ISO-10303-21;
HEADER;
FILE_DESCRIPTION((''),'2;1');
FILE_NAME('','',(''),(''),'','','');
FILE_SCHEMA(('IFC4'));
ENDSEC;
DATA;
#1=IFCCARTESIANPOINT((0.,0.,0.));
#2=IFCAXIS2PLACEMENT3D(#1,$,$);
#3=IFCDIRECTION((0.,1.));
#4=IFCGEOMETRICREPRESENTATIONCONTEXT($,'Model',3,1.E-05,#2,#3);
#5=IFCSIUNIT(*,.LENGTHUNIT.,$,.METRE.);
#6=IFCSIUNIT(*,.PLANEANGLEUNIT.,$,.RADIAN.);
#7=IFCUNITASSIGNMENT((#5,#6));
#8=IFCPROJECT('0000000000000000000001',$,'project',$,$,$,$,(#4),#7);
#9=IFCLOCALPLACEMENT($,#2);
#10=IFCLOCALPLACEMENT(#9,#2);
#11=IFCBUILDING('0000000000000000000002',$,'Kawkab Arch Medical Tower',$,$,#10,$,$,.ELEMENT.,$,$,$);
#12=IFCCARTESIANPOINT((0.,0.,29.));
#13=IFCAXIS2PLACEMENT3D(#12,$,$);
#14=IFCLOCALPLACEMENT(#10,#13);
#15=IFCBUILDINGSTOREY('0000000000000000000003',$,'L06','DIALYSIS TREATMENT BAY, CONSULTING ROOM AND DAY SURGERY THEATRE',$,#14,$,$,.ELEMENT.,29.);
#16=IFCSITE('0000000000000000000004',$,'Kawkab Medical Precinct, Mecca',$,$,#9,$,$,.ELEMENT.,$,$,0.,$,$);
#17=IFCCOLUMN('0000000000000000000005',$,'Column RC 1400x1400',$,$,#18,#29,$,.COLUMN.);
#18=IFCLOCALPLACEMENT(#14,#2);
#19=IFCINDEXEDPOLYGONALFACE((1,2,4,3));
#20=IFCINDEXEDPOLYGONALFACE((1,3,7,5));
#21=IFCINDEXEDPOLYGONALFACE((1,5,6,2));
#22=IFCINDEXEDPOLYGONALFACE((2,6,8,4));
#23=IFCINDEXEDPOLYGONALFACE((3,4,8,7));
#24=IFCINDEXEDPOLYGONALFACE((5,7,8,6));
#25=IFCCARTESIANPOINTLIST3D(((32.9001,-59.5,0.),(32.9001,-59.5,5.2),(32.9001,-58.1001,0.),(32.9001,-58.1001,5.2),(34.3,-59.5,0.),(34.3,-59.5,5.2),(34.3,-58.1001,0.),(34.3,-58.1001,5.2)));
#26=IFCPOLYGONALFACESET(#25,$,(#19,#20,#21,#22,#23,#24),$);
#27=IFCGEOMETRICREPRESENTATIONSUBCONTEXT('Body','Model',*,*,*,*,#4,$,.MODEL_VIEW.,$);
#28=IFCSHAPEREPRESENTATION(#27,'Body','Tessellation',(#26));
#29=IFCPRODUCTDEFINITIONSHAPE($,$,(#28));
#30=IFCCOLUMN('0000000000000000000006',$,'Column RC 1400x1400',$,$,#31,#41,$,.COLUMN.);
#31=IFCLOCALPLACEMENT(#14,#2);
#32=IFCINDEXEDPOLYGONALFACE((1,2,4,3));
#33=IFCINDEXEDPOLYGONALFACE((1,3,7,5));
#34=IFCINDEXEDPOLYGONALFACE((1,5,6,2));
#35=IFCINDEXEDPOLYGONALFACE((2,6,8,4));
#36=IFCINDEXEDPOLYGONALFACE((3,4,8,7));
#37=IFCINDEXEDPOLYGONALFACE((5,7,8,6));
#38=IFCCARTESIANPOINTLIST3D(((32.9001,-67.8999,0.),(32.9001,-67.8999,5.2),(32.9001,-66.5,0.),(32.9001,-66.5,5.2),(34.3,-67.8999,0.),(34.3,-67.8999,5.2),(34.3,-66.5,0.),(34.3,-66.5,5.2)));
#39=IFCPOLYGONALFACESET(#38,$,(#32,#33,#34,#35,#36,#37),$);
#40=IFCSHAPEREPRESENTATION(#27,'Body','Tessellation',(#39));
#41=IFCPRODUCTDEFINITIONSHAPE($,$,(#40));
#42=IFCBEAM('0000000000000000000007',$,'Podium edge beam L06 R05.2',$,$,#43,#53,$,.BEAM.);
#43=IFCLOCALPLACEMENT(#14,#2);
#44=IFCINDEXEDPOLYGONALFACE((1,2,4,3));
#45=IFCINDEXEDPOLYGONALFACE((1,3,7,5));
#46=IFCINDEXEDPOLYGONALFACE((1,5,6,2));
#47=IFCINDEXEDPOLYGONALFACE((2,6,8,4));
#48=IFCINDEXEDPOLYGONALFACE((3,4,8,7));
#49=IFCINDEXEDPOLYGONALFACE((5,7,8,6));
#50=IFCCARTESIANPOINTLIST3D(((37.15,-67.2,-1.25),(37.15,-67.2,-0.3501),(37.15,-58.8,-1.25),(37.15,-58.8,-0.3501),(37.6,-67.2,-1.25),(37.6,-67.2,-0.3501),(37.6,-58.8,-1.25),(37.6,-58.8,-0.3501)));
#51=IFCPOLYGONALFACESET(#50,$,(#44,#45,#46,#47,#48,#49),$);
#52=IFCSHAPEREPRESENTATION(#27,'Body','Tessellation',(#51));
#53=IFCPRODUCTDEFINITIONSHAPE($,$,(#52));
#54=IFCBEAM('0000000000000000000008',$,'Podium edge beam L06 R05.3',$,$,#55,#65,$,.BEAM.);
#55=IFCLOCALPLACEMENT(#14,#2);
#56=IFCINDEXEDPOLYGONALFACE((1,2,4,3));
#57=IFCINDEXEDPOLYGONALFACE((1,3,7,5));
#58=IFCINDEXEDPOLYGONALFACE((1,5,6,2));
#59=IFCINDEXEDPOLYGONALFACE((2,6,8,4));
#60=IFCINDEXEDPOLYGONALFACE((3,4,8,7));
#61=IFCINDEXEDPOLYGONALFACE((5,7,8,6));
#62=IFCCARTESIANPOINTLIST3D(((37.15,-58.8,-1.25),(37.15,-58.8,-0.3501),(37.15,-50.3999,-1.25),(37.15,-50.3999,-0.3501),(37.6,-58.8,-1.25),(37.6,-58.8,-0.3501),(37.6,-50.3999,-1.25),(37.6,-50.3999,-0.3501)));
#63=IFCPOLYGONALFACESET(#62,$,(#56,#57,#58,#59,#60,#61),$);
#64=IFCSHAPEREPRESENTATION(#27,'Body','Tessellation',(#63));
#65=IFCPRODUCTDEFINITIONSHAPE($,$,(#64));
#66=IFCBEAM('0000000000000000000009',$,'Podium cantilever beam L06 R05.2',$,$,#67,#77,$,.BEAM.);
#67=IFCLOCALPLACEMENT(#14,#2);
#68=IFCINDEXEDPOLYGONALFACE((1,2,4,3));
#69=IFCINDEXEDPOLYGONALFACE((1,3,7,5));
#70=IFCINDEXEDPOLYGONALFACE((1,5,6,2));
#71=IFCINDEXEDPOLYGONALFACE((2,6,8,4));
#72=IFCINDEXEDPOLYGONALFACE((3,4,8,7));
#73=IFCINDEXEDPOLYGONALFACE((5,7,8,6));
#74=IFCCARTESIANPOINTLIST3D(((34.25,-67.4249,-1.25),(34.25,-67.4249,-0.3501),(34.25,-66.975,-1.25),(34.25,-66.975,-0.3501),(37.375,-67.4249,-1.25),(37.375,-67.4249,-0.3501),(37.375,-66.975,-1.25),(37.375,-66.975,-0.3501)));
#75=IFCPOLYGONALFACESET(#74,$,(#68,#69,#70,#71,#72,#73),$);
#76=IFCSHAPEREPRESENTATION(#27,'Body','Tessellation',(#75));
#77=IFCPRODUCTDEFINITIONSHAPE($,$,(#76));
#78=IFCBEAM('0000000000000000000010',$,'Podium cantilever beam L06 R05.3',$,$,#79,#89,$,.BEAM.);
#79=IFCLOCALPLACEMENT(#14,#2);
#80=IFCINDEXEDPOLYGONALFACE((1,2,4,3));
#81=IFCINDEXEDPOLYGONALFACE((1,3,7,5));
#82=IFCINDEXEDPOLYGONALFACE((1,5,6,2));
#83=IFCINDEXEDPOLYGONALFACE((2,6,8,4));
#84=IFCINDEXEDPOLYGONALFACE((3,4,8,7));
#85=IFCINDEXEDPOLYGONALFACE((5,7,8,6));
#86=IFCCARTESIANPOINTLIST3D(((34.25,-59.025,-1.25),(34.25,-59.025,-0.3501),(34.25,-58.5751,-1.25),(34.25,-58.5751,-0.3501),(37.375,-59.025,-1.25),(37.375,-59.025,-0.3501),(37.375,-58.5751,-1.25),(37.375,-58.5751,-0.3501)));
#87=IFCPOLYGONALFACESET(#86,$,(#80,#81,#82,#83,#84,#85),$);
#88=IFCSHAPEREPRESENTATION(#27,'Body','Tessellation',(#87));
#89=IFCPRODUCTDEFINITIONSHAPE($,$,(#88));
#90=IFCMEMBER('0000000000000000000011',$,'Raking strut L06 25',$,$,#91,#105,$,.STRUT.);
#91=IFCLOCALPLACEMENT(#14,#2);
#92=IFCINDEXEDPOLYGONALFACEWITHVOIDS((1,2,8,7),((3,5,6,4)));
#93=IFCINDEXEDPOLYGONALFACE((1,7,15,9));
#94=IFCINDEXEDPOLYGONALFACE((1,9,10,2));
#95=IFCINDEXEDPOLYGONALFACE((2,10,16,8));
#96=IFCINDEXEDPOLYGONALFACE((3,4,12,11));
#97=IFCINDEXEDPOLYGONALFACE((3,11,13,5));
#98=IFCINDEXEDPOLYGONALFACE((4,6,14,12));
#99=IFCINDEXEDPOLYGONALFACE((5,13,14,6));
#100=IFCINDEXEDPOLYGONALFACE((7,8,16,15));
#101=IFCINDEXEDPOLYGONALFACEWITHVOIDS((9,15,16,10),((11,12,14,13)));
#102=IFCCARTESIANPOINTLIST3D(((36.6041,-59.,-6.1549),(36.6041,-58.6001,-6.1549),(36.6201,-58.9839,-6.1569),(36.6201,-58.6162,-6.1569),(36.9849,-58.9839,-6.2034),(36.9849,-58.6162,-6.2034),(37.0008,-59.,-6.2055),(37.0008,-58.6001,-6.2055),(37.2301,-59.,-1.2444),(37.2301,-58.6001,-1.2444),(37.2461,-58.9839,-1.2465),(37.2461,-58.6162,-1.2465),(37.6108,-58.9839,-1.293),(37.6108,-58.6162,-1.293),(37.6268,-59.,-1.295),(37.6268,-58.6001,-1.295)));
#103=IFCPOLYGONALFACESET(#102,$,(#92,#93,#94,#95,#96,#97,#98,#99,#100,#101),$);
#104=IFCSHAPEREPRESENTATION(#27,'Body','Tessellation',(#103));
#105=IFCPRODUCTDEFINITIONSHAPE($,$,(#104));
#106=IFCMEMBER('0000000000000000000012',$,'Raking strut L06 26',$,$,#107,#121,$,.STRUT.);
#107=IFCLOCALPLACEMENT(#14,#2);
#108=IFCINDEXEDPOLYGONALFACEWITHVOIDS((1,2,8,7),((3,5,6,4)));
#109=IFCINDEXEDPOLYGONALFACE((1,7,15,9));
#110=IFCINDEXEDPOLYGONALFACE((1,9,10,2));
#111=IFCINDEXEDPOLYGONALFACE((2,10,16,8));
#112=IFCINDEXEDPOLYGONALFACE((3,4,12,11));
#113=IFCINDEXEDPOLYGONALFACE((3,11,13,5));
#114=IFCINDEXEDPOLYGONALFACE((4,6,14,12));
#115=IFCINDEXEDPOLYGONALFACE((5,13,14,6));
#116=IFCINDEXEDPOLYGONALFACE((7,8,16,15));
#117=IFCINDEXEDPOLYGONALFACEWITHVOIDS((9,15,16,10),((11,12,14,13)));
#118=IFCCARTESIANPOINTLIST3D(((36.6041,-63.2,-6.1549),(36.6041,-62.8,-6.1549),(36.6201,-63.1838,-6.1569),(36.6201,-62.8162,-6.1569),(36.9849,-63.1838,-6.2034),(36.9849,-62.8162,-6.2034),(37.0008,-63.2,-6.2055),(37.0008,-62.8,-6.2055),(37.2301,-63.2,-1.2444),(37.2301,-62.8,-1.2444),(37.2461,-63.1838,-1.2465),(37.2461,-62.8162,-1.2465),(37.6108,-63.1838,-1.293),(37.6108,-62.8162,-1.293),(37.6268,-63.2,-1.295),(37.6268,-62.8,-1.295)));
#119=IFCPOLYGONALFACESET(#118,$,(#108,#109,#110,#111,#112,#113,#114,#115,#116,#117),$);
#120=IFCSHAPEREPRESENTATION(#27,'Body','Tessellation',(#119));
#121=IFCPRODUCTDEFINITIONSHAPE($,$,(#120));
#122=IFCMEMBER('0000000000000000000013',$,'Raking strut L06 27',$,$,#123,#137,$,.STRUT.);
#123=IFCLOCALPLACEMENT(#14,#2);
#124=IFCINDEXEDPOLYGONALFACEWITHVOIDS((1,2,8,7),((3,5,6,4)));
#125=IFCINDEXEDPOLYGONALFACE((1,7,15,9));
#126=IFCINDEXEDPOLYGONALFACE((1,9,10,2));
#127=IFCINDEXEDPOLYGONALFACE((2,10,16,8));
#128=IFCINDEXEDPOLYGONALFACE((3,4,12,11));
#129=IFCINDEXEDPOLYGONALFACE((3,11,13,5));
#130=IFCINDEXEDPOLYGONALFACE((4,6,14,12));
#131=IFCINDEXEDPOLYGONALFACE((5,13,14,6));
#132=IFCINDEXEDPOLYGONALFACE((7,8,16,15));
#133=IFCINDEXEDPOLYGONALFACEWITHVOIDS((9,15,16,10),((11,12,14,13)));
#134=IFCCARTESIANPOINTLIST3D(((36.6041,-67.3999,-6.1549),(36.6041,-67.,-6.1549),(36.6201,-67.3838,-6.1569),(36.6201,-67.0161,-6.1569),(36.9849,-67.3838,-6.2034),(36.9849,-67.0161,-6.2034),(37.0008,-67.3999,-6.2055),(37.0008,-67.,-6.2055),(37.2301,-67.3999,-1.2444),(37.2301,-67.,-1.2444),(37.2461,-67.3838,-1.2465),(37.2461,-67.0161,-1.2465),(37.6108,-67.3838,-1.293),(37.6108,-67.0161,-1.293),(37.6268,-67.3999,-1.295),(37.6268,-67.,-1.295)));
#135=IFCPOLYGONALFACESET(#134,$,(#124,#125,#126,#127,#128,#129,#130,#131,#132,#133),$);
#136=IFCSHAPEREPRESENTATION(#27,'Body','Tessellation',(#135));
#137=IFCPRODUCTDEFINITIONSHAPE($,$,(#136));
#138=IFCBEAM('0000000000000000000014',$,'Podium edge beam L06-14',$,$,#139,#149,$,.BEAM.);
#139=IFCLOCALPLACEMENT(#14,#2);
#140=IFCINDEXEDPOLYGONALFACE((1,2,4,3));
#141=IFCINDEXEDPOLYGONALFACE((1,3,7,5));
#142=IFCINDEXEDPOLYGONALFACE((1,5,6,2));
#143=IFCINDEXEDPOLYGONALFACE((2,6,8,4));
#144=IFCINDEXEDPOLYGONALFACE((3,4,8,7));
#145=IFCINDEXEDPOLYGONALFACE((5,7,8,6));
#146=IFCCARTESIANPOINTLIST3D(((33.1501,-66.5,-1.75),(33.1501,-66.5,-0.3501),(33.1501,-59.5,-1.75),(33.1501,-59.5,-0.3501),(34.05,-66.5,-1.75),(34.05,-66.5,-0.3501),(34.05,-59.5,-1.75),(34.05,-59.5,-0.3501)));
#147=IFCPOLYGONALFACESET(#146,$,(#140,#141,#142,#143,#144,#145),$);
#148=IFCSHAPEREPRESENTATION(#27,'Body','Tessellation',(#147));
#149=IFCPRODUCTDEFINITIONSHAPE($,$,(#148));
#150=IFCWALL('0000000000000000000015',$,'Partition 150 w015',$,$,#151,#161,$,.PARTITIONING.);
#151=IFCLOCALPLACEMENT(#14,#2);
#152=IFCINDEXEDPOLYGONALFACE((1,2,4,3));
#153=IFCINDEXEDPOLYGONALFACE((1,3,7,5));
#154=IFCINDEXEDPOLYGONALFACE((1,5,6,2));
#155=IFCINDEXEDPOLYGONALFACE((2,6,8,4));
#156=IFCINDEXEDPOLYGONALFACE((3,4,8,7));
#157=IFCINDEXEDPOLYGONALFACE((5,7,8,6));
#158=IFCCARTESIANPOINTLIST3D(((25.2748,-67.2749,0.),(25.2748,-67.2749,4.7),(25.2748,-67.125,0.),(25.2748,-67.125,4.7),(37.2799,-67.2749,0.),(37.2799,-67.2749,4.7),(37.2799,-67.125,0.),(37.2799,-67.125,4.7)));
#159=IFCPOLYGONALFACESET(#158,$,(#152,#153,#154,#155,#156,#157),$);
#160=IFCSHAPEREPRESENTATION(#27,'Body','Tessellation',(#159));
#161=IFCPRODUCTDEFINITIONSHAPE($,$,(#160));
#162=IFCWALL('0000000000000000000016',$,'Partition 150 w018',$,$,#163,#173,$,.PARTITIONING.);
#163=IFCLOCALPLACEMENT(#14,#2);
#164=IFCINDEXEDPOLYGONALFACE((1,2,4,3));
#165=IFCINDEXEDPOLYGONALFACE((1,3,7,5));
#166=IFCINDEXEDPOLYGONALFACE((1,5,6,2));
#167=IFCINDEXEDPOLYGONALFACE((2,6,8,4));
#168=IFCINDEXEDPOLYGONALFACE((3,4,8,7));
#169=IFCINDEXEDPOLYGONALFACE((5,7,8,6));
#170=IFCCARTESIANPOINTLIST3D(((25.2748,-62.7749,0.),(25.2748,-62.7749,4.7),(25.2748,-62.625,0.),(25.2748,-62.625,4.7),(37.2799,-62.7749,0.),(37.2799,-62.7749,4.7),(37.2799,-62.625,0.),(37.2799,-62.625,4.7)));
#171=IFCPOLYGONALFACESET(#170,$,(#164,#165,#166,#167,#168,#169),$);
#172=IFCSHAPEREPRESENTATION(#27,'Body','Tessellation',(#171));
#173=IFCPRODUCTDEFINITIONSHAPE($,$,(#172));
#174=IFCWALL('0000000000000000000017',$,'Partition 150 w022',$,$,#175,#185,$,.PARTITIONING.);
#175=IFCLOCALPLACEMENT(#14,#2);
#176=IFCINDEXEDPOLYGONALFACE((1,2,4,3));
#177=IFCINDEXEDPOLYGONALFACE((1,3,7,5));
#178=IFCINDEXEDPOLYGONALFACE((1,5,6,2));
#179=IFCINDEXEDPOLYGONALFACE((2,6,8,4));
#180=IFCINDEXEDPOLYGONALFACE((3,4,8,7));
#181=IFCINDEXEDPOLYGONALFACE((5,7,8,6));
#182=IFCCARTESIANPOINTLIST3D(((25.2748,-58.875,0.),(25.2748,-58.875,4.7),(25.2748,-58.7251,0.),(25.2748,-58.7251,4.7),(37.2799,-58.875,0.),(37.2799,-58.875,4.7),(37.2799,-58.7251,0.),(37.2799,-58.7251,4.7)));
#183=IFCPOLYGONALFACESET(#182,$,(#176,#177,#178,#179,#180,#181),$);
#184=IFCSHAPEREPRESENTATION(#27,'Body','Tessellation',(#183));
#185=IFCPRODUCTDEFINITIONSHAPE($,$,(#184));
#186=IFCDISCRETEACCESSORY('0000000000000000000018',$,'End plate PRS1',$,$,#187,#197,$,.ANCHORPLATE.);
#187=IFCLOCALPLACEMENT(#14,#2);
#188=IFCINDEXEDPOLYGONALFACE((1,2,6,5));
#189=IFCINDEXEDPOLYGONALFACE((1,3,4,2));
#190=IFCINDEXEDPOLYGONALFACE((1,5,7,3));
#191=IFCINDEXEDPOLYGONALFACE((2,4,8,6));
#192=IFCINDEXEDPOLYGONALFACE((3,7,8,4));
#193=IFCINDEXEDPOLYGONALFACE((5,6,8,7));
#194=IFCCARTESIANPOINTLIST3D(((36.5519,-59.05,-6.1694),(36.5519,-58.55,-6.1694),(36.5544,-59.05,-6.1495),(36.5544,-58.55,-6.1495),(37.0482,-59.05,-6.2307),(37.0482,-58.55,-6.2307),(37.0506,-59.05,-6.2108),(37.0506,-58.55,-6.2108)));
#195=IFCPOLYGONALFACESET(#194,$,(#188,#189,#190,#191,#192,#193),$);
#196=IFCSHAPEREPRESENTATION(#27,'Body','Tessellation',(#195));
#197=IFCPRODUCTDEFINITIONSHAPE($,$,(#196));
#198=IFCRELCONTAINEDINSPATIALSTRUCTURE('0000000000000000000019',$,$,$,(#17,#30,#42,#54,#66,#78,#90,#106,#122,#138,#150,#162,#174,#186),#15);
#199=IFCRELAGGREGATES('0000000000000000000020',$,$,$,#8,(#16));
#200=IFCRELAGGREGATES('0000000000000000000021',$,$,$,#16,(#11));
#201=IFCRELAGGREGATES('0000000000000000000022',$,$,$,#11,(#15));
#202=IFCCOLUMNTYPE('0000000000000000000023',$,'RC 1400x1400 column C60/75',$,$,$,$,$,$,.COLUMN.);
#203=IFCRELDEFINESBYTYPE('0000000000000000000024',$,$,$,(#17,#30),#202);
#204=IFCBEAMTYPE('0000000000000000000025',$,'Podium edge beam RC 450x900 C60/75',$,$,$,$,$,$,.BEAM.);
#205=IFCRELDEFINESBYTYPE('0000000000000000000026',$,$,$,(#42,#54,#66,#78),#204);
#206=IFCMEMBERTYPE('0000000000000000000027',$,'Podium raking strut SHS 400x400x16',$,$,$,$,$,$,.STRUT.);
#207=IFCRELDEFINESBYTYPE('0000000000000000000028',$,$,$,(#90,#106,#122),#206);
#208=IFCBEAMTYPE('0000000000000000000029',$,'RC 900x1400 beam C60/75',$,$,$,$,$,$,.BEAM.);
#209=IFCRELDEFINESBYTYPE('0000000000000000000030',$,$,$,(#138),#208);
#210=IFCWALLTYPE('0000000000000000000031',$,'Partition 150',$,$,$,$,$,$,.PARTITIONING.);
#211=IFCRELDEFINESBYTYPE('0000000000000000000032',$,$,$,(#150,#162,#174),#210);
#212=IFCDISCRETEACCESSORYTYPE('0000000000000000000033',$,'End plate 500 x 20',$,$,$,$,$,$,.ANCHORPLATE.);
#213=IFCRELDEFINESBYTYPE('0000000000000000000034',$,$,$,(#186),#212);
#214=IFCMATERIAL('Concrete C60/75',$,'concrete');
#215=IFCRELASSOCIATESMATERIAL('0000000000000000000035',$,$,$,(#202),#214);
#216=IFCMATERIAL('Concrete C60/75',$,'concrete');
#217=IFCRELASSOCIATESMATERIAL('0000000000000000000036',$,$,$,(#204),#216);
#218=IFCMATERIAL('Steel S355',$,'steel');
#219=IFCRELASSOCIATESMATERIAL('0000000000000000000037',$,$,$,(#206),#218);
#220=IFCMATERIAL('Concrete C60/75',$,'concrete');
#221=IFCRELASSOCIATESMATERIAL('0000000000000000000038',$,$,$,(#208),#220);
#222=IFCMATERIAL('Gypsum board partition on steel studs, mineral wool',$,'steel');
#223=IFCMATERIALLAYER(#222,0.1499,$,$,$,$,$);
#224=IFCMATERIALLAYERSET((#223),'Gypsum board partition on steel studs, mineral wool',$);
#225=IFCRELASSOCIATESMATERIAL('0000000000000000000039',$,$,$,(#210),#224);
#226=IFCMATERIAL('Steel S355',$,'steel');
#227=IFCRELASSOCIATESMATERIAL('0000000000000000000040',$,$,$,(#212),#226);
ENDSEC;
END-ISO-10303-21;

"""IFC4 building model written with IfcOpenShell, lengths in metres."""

from ifc_helpers import new_model, si_unit, direction, frame, frame_2d, origin, origin_2d, place, context, subcontext, project, spatial, rectangle, hollow_rectangle, extrude, material, layer, layer_set, material_profile, profile_set, type_object, element, save


model = new_model("IFC4")

# Units and contexts
model_context = context("Model", 3, precision=1e-05, world=origin(), true_north=direction((0.0, 1.0)))
body_context = subcontext(model_context, "Body", "Model", "MODEL_VIEW")
ifc_project = project(units=[si_unit("LENGTHUNIT", "METRE"), si_unit("PLANEANGLEUNIT", "RADIAN")], contexts=[model_context])

# Site, building, storey
site_placement = place(None, origin())
site = spatial("IfcSite", under=ifc_project, at=site_placement, Name="Kawkab Medical Precinct, Mecca", CompositionType="ELEMENT", RefElevation=0.0)
building_placement = place(site_placement, origin())
building = spatial("IfcBuilding", under=site, at=building_placement, Name="Kawkab Arch Medical Tower", CompositionType="ELEMENT")
storey_placement = place(building_placement, frame((0.0, 0.0, 29.0)))
storey = spatial("IfcBuildingStorey", under=building, at=storey_placement, Name="L06", Description="DIALYSIS TREATMENT BAY, CONSULTING ROOM AND DAY SURGERY THEATRE", CompositionType="ELEMENT", Elevation=29.0)

# Columns
ifc_material_1 = material(Name="Concrete C60/75", Category="concrete")
ifc_material_profile_1 = material_profile(ifc_material_1, rectangle(XDim=1.3999, YDim=1.3999, at=origin_2d()), Name="RC 1400x1400")
ifc_profile_set_1 = profile_set([ifc_material_profile_1], Name="Concrete C60/75")
column_type = type_object("IfcColumnType", Name="RC 1400x1400 column C60/75", PredefinedType="COLUMN", material=ifc_profile_set_1)
for number, where, z_axis, x_axis, name in (
    (1, (33.6001, -58.8, 0.0), (0.0, 0.0, 1.0), (1.0, 0.0, 0.0), "Column RC 1400x1400"),
    (2, (33.6001, -67.2, 0.0), (0.0, 0.0, 1.0), (1.0, 0.0, 0.0), "Column RC 1400x1400"),
):
    element("IfcColumn", number, at=place(storey_placement, frame(where, z_axis=z_axis, x_axis=x_axis)), inside=storey, type_object=column_type, Name=name, PredefinedType="COLUMN", context=body_context, shape_type="SweptSolid", body=[
        extrude(rectangle(XDim=1.3999, YDim=1.3999, at=origin_2d()), origin(), (0.0, 0.0, 1.0), 5.2),
    ])

# Beams
ifc_material_2 = material(Name="Concrete C60/75", Category="concrete")
ifc_material_profile_2 = material_profile(ifc_material_2, rectangle(XDim=0.45, YDim=0.8999, at=origin_2d()), Name="RC 450x900")
ifc_profile_set_2 = profile_set([ifc_material_profile_2], Name="Concrete C60/75")
beam_type_1 = type_object("IfcBeamType", Name="Podium edge beam RC 450x900 C60/75", PredefinedType="BEAM", material=ifc_profile_set_2)
beam_1_placement = place(storey_placement, frame((37.375, -67.2, -0.8), z_axis=(0.0, 1.0, 0.0), x_axis=(-1.0, 0.0, 0.0)))
element("IfcBeam", 3, at=beam_1_placement, inside=storey, type_object=beam_type_1, Name="Podium edge beam L06 R05.2", PredefinedType="BEAM", context=body_context, shape_type="SweptSolid", body=[
    extrude(rectangle(XDim=0.45, YDim=0.8999, at=origin_2d()), origin(), (0.0, 0.0, 1.0), 8.3999),
])
beam_2_placement = place(storey_placement, frame((37.375, -58.8, -0.8), z_axis=(0.0, 1.0, 0.0), x_axis=(-1.0, 0.0, 0.0)))
element("IfcBeam", 4, at=beam_2_placement, inside=storey, type_object=beam_type_1, Name="Podium edge beam L06 R05.3", PredefinedType="BEAM", context=body_context, shape_type="SweptSolid", body=[
    extrude(rectangle(XDim=0.45, YDim=0.8999, at=origin_2d()), origin(), (0.0, 0.0, 1.0), 8.4001),
])
for number, where, z_axis, x_axis, name in (
    (5, (34.25, -67.2, -0.8), (1.0, 0.0, 0.0), (0.0, 1.0, 0.0), "Podium cantilever beam L06 R05.2"),
    (6, (34.25, -58.8, -0.8), (1.0, 0.0, 0.0), (0.0, 1.0, 0.0), "Podium cantilever beam L06 R05.3"),
):
    element("IfcBeam", number, at=place(storey_placement, frame(where, z_axis=z_axis, x_axis=x_axis)), inside=storey, type_object=beam_type_1, Name=name, PredefinedType="BEAM", context=body_context, shape_type="SweptSolid", body=[
        extrude(rectangle(XDim=0.45, YDim=0.8999, at=origin_2d()), origin(), (0.0, 0.0, 1.0), 3.125),
    ])

# Members
ifc_material_3 = material(Name="Steel S355", Category="steel")
ifc_material_profile_3 = material_profile(ifc_material_3, hollow_rectangle(XDim=0.3999, YDim=0.3999, WallThickness=0.0161, at=origin_2d()), Name="SHS 400x400x16")
ifc_profile_set_3 = profile_set([ifc_material_profile_3], Name="Steel S355")
member_type = type_object("IfcMemberType", Name="Podium raking strut SHS 400x400x16", PredefinedType="STRUT", material=ifc_profile_set_3)
for number, where, z_axis, x_axis, name in (
    (7, (36.8025, -58.8, -6.1802), (0.126456, 0.0, 0.991972), (0.0, 1.0, 0.0), "Raking strut L06 25"),
    (8, (36.8025, -63.0, -6.1802), (0.126456, 0.0, 0.991972), (0.0, 1.0, 0.0), "Raking strut L06 26"),
    (9, (36.8025, -67.2, -6.1802), (0.126456, 0.0, 0.991972), (0.0, 1.0, 0.0), "Raking strut L06 27"),
):
    element("IfcMember", number, at=place(storey_placement, frame(where, z_axis=z_axis, x_axis=x_axis)), inside=storey, type_object=member_type, Name=name, PredefinedType="STRUT", context=body_context, shape_type="SweptSolid", body=[
        extrude(hollow_rectangle(XDim=0.3999, YDim=0.3999, WallThickness=0.0161, at=origin_2d()), origin(), (0.0, 0.0, 1.0), 4.9502),
    ])

# Beam
ifc_material_4 = material(Name="Concrete C60/75", Category="concrete")
ifc_material_profile_4 = material_profile(ifc_material_4, rectangle(XDim=0.8999, YDim=1.3999, at=origin_2d()), Name="RC 900x1400")
ifc_profile_set_4 = profile_set([ifc_material_profile_4], Name="Concrete C60/75")
beam_type_2 = type_object("IfcBeamType", Name="RC 900x1400 beam C60/75", PredefinedType="BEAM", material=ifc_profile_set_4)
beam_3_placement = place(storey_placement, frame((33.6001, -66.5, -1.05), z_axis=(0.0, 1.0, 0.0), x_axis=(-1.0, 0.0, 0.0)))
element("IfcBeam", 10, at=beam_3_placement, inside=storey, type_object=beam_type_2, Name="Podium edge beam L06-14", PredefinedType="BEAM", context=body_context, shape_type="SweptSolid", body=[
    extrude(rectangle(XDim=0.8999, YDim=1.3999, at=origin_2d()), origin(), (0.0, 0.0, 1.0), 7.0),
])

# Walls
ifc_material_5 = material(Name="Gypsum board partition on steel studs, mineral wool", Category="steel")
ifc_layer = layer(ifc_material_5, 0.1499)
ifc_layer_set = layer_set([ifc_layer], Name="Gypsum board partition on steel studs, mineral wool")
wall_type = type_object("IfcWallType", Name="Partition 150", PredefinedType="PARTITIONING", material=ifc_layer_set)
for number, where, z_axis, x_axis, name in (
    (11, (25.2749, -67.2, 0.0), (0.0, 0.0, 1.0), (1.0, 0.0, 0.0), "Partition 150 w015"),
    (12, (25.2749, -62.7, 0.0), (0.0, 0.0, 1.0), (1.0, 0.0, 0.0), "Partition 150 w018"),
    (13, (25.2749, -58.8, 0.0), (0.0, 0.0, 1.0), (1.0, 0.0, 0.0), "Partition 150 w022"),
):
    element("IfcWall", number, at=place(storey_placement, frame(where, z_axis=z_axis, x_axis=x_axis)), inside=storey, type_object=wall_type, Name=name, PredefinedType="PARTITIONING", context=body_context, shape_type="SweptSolid", body=[
        extrude(rectangle(XDim=12.0051, YDim=0.1499, at=frame_2d((6.0024, 0.0))), origin(), (0.0, 0.0, 1.0), 4.7),
    ])

# Discrete accessory
ifc_material_6 = material(Name="Steel S355", Category="steel")
ifc_material_profile_5 = material_profile(ifc_material_6, rectangle(XDim=0.5, YDim=0.5, at=origin_2d()), Name="End plate 500 x 20")
ifc_profile_set_5 = profile_set([ifc_material_profile_5], Name="Steel S355")
discrete_accessory_type = type_object("IfcDiscreteAccessoryType", Name="End plate 500 x 20", PredefinedType="ANCHORPLATE", material=ifc_profile_set_5)
for number, where, z_axis, x_axis, name in (
    (14, (36.8025, -58.8, -6.1802), (-0.122527, 0.0, -0.992465), (0.0, -1.0, 0.0), "End plate PRS1"),
):
    element("IfcDiscreteAccessory", number, at=place(storey_placement, frame(where, z_axis=z_axis, x_axis=x_axis)), inside=storey, type_object=discrete_accessory_type, Name=name, PredefinedType="ANCHORPLATE", context=body_context, shape_type="SweptSolid", body=[
        extrude(rectangle(XDim=0.5, YDim=0.5, at=origin_2d()), origin(), (0.0, 0.0, 1.0), 0.02),
    ])

save(model, "model.ifc")
